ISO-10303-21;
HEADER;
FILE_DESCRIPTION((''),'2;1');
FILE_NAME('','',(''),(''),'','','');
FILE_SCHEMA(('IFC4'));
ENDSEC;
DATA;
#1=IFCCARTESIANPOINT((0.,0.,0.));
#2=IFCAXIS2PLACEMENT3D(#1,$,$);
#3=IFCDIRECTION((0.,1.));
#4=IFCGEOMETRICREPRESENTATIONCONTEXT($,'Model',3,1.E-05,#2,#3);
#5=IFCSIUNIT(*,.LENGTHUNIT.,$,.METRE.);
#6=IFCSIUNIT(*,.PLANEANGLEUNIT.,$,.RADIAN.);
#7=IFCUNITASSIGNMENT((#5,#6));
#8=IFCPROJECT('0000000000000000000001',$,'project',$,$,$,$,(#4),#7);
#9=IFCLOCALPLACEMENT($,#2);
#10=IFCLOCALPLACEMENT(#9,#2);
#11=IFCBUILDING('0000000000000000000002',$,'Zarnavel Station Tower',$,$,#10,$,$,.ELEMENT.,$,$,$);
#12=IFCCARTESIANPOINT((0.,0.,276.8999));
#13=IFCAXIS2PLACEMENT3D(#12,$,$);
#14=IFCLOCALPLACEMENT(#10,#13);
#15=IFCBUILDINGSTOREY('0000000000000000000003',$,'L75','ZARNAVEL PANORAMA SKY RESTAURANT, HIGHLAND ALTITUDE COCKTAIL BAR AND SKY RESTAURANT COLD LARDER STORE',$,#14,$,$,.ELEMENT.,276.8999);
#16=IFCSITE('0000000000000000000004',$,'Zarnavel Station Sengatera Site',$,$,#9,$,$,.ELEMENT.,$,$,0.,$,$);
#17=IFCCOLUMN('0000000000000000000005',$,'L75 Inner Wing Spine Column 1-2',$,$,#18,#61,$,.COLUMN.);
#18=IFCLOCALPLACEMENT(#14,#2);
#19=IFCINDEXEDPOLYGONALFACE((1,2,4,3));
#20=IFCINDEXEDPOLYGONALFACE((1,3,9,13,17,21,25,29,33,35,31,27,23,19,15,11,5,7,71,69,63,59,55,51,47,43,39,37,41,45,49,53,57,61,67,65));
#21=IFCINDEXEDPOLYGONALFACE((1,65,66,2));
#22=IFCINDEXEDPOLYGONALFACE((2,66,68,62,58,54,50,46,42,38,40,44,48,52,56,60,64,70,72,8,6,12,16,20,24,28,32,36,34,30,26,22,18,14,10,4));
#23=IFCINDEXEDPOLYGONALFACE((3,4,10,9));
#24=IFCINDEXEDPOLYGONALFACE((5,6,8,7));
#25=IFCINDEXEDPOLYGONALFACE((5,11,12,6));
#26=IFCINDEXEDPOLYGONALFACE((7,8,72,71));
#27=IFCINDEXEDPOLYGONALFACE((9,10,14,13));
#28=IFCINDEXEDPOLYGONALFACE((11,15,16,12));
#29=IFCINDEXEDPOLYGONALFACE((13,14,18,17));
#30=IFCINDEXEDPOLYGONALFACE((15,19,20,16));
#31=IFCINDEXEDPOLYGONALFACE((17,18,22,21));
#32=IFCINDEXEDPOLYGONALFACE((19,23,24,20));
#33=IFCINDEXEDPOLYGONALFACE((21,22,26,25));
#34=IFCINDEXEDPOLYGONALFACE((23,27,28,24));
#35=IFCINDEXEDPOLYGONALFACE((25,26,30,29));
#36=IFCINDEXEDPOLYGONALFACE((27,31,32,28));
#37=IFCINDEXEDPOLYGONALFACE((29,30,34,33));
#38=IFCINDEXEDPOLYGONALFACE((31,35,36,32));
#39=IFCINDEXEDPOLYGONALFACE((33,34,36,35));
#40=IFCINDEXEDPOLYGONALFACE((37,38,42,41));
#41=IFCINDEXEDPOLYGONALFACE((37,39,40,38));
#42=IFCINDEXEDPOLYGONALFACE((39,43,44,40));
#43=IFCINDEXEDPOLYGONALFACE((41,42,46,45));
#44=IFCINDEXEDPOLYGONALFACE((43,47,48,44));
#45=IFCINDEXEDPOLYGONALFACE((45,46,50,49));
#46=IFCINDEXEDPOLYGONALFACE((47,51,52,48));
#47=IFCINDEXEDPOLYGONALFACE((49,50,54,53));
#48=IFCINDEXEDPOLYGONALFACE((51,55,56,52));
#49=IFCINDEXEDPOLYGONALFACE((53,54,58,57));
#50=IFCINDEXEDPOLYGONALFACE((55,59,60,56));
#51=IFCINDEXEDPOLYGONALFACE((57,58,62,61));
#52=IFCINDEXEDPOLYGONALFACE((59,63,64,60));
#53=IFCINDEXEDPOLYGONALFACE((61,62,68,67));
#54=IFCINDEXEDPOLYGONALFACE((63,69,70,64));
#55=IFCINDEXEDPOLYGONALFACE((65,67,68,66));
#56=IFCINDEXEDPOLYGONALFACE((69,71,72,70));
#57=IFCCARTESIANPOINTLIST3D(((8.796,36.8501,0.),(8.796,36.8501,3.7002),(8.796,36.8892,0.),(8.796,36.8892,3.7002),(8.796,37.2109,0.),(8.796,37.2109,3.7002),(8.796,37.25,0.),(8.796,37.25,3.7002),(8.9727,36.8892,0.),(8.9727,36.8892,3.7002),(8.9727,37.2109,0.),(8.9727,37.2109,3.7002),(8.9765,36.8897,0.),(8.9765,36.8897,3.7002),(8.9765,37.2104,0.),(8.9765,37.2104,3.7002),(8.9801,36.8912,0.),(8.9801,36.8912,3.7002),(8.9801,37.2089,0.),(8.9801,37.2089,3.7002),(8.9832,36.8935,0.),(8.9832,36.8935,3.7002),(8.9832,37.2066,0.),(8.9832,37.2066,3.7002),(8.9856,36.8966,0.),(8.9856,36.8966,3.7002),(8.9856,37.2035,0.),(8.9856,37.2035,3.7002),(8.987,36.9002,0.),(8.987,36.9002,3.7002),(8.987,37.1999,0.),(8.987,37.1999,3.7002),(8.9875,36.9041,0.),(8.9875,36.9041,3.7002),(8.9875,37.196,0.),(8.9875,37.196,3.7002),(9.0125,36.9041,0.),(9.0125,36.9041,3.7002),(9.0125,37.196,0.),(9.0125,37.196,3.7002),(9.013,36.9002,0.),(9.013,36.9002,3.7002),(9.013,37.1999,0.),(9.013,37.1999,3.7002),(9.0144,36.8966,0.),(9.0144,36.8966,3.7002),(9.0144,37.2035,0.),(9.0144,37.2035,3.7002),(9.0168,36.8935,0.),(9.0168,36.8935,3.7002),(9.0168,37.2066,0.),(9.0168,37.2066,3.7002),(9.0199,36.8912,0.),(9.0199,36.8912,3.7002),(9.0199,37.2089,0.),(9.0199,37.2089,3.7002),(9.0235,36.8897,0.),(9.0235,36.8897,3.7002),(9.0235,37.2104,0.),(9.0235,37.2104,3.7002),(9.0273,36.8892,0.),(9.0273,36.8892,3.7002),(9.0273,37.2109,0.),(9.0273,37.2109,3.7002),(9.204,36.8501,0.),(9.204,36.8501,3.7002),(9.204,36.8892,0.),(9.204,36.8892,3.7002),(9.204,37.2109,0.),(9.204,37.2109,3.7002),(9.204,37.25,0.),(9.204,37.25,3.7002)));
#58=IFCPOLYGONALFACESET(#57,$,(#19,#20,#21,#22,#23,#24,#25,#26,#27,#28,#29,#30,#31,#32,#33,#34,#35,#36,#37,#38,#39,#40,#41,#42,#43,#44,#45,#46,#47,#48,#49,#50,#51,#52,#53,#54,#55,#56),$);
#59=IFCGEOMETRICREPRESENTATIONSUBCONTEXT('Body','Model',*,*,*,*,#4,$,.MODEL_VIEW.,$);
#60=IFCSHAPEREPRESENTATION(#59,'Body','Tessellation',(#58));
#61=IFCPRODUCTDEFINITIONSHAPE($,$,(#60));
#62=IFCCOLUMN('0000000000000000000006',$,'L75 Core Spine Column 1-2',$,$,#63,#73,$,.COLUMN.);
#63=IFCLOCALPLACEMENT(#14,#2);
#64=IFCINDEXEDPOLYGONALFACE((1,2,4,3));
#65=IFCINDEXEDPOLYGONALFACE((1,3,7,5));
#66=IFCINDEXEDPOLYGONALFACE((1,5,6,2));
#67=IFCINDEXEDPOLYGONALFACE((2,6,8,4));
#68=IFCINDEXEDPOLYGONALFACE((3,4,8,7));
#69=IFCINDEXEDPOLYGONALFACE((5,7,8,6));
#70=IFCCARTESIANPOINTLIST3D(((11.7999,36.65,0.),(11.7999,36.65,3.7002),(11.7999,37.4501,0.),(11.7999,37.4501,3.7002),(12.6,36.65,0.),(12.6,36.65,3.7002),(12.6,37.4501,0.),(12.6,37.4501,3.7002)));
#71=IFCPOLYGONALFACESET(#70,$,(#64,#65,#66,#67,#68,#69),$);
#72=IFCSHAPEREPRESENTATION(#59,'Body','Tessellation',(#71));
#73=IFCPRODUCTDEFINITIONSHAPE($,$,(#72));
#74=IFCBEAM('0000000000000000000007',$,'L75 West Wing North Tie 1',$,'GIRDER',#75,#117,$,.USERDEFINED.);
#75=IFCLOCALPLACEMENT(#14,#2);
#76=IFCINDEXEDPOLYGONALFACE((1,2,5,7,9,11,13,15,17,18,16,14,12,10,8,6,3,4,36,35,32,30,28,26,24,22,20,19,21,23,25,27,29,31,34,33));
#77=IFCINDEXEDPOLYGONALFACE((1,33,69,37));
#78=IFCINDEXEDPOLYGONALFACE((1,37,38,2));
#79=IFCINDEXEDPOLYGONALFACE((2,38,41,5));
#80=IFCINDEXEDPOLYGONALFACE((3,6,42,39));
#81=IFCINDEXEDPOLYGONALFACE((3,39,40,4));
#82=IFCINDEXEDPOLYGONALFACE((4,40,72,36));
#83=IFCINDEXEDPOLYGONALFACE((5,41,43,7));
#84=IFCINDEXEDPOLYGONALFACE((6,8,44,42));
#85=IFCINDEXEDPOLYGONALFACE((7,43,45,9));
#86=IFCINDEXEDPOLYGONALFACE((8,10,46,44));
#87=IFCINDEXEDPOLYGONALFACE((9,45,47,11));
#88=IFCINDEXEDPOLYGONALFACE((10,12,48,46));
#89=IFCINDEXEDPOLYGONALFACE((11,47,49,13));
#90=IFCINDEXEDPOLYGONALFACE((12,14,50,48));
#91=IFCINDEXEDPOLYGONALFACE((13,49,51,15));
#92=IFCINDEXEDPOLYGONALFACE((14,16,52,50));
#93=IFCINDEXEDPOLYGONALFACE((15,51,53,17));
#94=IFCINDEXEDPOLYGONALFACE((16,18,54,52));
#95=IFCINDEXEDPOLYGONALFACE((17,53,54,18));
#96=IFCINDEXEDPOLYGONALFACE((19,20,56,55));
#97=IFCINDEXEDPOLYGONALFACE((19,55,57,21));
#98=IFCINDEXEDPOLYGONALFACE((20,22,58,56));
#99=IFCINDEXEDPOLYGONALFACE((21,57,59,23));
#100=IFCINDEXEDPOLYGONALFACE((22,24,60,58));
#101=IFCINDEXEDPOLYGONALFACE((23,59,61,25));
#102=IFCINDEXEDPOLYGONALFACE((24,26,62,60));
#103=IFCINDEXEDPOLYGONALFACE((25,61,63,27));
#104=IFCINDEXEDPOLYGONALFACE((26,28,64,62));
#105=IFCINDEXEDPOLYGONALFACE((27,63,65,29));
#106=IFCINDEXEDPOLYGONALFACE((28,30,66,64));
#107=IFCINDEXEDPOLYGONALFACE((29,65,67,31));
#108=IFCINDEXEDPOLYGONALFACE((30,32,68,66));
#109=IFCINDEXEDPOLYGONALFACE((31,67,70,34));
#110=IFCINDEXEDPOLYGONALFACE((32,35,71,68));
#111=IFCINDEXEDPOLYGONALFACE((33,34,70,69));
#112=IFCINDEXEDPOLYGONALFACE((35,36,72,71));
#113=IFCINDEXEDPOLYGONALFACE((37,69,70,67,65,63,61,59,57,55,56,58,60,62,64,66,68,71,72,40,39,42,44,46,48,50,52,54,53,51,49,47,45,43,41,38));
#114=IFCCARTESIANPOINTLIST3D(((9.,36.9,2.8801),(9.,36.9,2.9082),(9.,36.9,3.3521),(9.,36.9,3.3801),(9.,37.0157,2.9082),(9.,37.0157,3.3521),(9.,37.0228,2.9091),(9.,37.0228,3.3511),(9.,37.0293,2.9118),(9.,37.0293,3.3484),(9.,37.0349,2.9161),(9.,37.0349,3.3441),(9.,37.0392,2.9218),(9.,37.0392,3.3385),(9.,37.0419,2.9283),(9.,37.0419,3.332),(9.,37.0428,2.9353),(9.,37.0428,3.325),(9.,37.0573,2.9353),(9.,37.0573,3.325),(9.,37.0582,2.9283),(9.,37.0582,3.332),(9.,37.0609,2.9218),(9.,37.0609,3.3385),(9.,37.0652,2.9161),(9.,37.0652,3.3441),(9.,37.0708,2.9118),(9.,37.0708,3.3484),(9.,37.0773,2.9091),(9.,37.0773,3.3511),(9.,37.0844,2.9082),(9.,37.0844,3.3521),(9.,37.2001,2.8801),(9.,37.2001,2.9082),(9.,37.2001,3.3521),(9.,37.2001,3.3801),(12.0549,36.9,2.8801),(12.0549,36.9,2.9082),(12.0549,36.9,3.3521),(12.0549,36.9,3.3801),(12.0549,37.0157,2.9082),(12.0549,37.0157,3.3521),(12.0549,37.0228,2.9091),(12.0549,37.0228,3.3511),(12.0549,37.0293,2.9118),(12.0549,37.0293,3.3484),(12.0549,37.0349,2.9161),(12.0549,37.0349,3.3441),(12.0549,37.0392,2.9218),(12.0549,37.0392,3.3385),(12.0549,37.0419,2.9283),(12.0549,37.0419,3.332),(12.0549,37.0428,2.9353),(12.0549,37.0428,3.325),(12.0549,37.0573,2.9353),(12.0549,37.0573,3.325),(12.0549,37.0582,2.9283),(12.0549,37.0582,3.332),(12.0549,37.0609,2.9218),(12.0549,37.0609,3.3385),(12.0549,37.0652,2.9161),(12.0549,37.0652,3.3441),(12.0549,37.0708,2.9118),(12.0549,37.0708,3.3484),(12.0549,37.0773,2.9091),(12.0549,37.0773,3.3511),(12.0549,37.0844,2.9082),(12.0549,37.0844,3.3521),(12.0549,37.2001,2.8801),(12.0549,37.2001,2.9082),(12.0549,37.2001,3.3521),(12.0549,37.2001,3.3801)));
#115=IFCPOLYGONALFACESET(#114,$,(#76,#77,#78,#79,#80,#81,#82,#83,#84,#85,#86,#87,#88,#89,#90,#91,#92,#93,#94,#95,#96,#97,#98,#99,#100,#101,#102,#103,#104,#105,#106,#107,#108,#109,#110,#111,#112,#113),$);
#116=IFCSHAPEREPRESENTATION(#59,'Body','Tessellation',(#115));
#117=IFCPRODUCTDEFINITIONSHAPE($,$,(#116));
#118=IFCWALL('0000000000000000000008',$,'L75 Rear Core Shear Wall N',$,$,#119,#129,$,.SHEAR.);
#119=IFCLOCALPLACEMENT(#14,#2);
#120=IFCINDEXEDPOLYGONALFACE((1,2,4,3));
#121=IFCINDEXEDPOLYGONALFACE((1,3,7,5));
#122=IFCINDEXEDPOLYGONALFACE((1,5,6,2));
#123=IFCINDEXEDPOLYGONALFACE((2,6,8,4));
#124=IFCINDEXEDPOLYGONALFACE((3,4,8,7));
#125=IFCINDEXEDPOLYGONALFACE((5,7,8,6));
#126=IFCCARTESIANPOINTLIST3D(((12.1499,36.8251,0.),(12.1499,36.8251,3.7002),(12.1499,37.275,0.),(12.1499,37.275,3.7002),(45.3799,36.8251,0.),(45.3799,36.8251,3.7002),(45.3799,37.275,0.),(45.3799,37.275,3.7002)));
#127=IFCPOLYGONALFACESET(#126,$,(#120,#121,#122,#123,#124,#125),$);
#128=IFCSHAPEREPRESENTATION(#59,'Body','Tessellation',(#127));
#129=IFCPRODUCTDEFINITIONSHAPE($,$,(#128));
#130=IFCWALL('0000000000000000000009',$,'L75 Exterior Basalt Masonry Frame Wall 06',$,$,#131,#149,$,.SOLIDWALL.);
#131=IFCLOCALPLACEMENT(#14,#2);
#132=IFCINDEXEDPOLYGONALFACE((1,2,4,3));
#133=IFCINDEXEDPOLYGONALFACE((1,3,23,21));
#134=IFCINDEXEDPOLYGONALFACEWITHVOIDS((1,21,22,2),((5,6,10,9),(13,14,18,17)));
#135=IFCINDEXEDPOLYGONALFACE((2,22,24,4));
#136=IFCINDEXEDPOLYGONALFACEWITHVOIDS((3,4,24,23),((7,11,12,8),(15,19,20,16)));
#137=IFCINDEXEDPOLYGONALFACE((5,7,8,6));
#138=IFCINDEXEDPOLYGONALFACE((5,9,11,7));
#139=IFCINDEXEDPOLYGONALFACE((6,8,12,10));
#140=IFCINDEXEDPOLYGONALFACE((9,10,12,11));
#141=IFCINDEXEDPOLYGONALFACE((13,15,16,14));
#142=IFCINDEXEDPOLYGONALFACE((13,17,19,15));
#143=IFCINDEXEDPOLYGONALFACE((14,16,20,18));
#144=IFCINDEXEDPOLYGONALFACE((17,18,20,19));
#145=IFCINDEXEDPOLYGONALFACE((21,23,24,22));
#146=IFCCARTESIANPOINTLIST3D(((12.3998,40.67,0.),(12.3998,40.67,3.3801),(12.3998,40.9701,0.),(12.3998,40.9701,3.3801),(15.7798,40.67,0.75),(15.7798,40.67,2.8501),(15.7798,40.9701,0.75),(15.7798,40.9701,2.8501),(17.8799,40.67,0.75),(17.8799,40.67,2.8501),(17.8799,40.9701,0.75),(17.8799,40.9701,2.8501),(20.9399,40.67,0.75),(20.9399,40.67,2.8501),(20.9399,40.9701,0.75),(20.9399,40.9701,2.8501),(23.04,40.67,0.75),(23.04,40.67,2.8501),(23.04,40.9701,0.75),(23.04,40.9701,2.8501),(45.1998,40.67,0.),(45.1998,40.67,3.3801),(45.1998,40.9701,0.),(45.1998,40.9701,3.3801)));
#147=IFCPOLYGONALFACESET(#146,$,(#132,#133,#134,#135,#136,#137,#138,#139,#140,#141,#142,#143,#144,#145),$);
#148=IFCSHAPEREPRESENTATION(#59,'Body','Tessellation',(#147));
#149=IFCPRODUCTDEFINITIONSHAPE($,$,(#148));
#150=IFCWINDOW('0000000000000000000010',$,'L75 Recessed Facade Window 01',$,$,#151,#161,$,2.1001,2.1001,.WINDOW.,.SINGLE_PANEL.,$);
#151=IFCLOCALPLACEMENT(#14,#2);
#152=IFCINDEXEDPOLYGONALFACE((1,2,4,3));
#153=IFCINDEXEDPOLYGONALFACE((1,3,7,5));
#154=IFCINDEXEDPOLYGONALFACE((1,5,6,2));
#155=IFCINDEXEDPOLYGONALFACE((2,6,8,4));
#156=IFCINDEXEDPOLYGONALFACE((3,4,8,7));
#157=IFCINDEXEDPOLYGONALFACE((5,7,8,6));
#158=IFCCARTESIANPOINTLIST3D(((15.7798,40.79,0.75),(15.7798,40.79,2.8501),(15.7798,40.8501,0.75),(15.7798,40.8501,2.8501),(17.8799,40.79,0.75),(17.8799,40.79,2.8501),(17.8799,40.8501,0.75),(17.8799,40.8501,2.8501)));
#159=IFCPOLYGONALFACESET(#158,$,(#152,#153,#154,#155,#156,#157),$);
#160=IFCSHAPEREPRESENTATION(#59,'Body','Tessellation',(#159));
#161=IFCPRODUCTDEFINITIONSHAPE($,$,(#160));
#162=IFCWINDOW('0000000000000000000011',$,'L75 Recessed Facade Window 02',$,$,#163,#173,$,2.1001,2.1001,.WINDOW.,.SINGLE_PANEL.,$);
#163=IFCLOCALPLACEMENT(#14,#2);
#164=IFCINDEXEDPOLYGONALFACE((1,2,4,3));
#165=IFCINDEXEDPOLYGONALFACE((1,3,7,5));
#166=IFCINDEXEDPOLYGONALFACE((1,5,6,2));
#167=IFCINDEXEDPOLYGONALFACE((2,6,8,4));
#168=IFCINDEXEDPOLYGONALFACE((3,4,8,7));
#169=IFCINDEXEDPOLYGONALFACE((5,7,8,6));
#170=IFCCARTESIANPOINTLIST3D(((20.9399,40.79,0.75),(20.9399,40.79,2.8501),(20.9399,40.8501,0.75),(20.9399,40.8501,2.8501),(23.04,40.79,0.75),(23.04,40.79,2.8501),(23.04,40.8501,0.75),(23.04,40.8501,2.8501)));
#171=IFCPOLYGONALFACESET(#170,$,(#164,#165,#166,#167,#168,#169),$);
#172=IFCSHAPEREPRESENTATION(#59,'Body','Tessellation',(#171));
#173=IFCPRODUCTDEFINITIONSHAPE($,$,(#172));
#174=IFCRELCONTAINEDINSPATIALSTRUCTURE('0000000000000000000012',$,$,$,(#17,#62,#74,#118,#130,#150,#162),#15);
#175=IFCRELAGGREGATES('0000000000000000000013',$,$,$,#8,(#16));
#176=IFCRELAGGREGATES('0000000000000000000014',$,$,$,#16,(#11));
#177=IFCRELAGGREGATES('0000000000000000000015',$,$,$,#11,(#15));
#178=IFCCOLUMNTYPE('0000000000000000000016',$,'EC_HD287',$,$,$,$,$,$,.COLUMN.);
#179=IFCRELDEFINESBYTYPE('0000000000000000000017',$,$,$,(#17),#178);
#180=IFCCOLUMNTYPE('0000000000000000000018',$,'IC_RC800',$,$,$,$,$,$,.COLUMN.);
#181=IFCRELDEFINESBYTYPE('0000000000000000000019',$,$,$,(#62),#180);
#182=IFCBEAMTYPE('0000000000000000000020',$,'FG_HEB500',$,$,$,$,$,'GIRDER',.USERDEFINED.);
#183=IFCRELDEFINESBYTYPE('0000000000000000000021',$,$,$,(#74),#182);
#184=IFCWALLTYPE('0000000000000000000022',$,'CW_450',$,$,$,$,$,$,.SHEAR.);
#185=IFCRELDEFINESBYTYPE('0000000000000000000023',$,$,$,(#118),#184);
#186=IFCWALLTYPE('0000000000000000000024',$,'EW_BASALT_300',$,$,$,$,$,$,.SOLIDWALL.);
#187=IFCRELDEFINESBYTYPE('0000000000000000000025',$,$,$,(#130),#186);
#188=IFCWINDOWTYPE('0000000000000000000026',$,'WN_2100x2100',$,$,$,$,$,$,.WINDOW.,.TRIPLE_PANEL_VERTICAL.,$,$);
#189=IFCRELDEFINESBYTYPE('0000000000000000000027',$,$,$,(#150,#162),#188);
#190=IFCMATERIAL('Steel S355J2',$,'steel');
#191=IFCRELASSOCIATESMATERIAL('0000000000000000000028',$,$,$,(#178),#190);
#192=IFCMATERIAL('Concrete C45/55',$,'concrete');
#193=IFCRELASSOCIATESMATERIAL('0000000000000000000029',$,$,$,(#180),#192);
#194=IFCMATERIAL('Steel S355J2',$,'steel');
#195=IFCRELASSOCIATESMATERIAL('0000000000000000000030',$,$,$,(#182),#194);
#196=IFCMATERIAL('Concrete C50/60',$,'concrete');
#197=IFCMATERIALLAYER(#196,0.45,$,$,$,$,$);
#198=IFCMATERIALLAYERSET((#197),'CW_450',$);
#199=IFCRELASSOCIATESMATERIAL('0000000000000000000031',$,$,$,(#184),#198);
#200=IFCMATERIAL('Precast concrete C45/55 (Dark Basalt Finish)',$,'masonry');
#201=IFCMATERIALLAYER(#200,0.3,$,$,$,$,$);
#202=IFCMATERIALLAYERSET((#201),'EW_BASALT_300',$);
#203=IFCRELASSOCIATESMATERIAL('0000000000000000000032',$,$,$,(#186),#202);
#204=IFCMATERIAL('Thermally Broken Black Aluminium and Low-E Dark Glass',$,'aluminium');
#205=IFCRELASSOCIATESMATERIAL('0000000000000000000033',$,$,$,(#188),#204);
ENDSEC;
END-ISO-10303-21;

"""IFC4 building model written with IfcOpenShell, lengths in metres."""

from ifc_helpers import new_model, si_unit, direction, frame, frame_2d, origin, origin_2d, place, context, subcontext, project, spatial, rectangle, i_section, extrude, material, layer, layer_set, material_profile, profile_set, type_object, element, fill, save


model = new_model("IFC4")

# Units and contexts
model_context = context("Model", 3, precision=1e-05, world=origin(), true_north=direction((0.0, 1.0)))
body_context = subcontext(model_context, "Body", "Model", "MODEL_VIEW")
ifc_project = project(units=[si_unit("LENGTHUNIT", "METRE"), si_unit("PLANEANGLEUNIT", "RADIAN")], contexts=[model_context])

# Site, building, storey
site_placement = place(None, origin())
site = spatial("IfcSite", under=ifc_project, at=site_placement, Name="Zarnavel Station Sengatera Site", CompositionType="ELEMENT", RefElevation=0.0)
building_placement = place(site_placement, origin())
building = spatial("IfcBuilding", under=site, at=building_placement, Name="Zarnavel Station Tower", CompositionType="ELEMENT")
storey_placement = place(building_placement, frame((0.0, 0.0, 276.8999)))
storey = spatial("IfcBuildingStorey", under=building, at=storey_placement, Name="L75", Description="ZARNAVEL PANORAMA SKY RESTAURANT, HIGHLAND ALTITUDE COCKTAIL BAR AND SKY RESTAURANT COLD LARDER STORE", CompositionType="ELEMENT", Elevation=276.8999)

# Columns
ifc_material_1 = material(Name="Steel S355J2", Category="steel")
ifc_material_profile_1 = material_profile(ifc_material_1, i_section(OverallWidth=0.408, OverallDepth=0.3999, WebThickness=0.0249, FlangeThickness=0.0391, FilletRadius=0.0149, at=origin_2d()), Name="HD400x287")
ifc_profile_set_1 = profile_set([ifc_material_profile_1], Name="Steel S355J2")
column_type_1 = type_object("IfcColumnType", Name="EC_HD287", PredefinedType="COLUMN", material=ifc_profile_set_1)
column_1_placement = place(storey_placement, frame((9.0, 37.05, 0.0), z_axis=(0.0, 0.0, 1.0), x_axis=(1.0, 0.0, 0.0)))
element("IfcColumn", 1, at=column_1_placement, inside=storey, type_object=column_type_1, Name="L75 Inner Wing Spine Column 1-2", PredefinedType="COLUMN", context=body_context, shape_type="SweptSolid", body=[
    extrude(i_section(OverallWidth=0.408, OverallDepth=0.3999, WebThickness=0.0249, FlangeThickness=0.0391, FilletRadius=0.0149, at=origin_2d()), origin(), (0.0, 0.0, 1.0), 3.7002),
])
ifc_material_2 = material(Name="Concrete C45/55", Category="concrete")
ifc_material_profile_2 = material_profile(ifc_material_2, rectangle(XDim=0.8, YDim=0.8, at=origin_2d()), Name="RC800x800")
ifc_profile_set_2 = profile_set([ifc_material_profile_2], Name="Concrete C45/55")
column_type_2 = type_object("IfcColumnType", Name="IC_RC800", PredefinedType="COLUMN", material=ifc_profile_set_2)
column_2_placement = place(storey_placement, frame((12.2, 37.05, 0.0), z_axis=(0.0, 0.0, 1.0), x_axis=(1.0, 0.0, 0.0)))
element("IfcColumn", 2, at=column_2_placement, inside=storey, type_object=column_type_2, Name="L75 Core Spine Column 1-2", PredefinedType="COLUMN", context=body_context, shape_type="SweptSolid", body=[
    extrude(rectangle(XDim=0.8, YDim=0.8, at=origin_2d()), origin(), (0.0, 0.0, 1.0), 3.7002),
])

# Beam
ifc_material_3 = material(Name="Steel S355J2", Category="steel")
ifc_material_profile_3 = material_profile(ifc_material_3, i_section(OverallWidth=0.3, OverallDepth=0.5, WebThickness=0.0144, FlangeThickness=0.0281, FilletRadius=0.0271, at=origin_2d()), Name="HEB500")
ifc_profile_set_3 = profile_set([ifc_material_profile_3], Name="Steel S355J2")
beam_type = type_object("IfcBeamType", Name="FG_HEB500", ElementType="GIRDER", PredefinedType="USERDEFINED", material=ifc_profile_set_3)
beam_placement = place(storey_placement, frame((9.0, 37.05, 3.1301), z_axis=(1.0, 0.0, 0.0), x_axis=(0.0, 1.0, 0.0)))
element("IfcBeam", 3, at=beam_placement, inside=storey, type_object=beam_type, Name="L75 West Wing North Tie 1", ObjectType="GIRDER", PredefinedType="USERDEFINED", context=body_context, shape_type="SweptSolid", body=[
    extrude(i_section(OverallWidth=0.3, OverallDepth=0.5, WebThickness=0.0144, FlangeThickness=0.0281, FilletRadius=0.0271, at=origin_2d()), origin(), (0.0, 0.0, 1.0), 3.0549),
])

# Wall
ifc_material_4 = material(Name="Concrete C50/60", Category="concrete")
ifc_layer_1 = layer(ifc_material_4, 0.45)
ifc_layer_set_1 = layer_set([ifc_layer_1], Name="CW_450")
wall_type_1 = type_object("IfcWallType", Name="CW_450", PredefinedType="SHEAR", material=ifc_layer_set_1)
wall_1_placement = place(storey_placement, frame((12.1499, 37.05, 0.0), z_axis=(0.0, 0.0, 1.0), x_axis=(1.0, 0.0, 0.0)))
element("IfcWall", 4, at=wall_1_placement, inside=storey, type_object=wall_type_1, Name="L75 Rear Core Shear Wall N", PredefinedType="SHEAR", context=body_context, shape_type="SweptSolid", body=[
    extrude(rectangle(XDim=33.23, YDim=0.45, at=frame_2d((16.615, 0.0))), origin(), (0.0, 0.0, 1.0), 3.7002),
])

# Wall, openings, windows
ifc_material_5 = material(Name="Precast concrete C45/55 (Dark Basalt Finish)", Category="masonry")
ifc_layer_2 = layer(ifc_material_5, 0.3)
ifc_layer_set_2 = layer_set([ifc_layer_2], Name="EW_BASALT_300")
wall_type_2 = type_object("IfcWallType", Name="EW_BASALT_300", PredefinedType="SOLIDWALL", material=ifc_layer_set_2)
wall_2_placement = place(storey_placement, frame((12.3999, 40.8201, 0.0), z_axis=(0.0, 0.0, 1.0), x_axis=(1.0, 0.0, 0.0)))
wall_2 = element("IfcWall", 5, at=wall_2_placement, inside=storey, type_object=wall_type_2, Name="L75 Exterior Basalt Masonry Frame Wall 06", PredefinedType="SOLIDWALL", context=body_context, shape_type="SweptSolid", body=[
    extrude(rectangle(XDim=32.8, YDim=0.3, at=frame_2d((16.3999, 0.0))), origin(), (0.0, 0.0, 1.0), 3.3801),
])
opening_1_placement = place(wall_2_placement, frame((3.3799, 0.0, 0.75)))
opening_1 = element("IfcOpeningElement", 6, at=opening_1_placement, cuts=wall_2, PredefinedType="OPENING", context=body_context, shape_type="SweptSolid", body=[
    extrude(rectangle(XDim=2.1001, YDim=2.1001, at=frame_2d((1.05, 1.05))), frame((0.0, 0.1599, 0.0), z_axis=(0.0, -1.0, 0.0), x_axis=(1.0, 0.0, 0.0)), (0.0, 0.0, 1.0), 0.3201),
])
opening_2_placement = place(wall_2_placement, frame((8.54, 0.0, 0.75)))
opening_2 = element("IfcOpeningElement", 7, at=opening_2_placement, cuts=wall_2, PredefinedType="OPENING", context=body_context, shape_type="SweptSolid", body=[
    extrude(rectangle(XDim=2.1001, YDim=2.1001, at=frame_2d((1.05, 1.05))), frame((0.0, 0.1599, 0.0), z_axis=(0.0, -1.0, 0.0), x_axis=(1.0, 0.0, 0.0)), (0.0, 0.0, 1.0), 0.3201),
])
ifc_material_6 = material(Name="Thermally Broken Black Aluminium and Low-E Dark Glass", Category="aluminium")
window_type = type_object("IfcWindowType", Name="WN_2100x2100", PartitioningType="TRIPLE_PANEL_VERTICAL", PredefinedType="WINDOW", material=ifc_material_6)
window_1_placement = place(opening_1_placement, origin())
window_1 = element("IfcWindow", 8, at=window_1_placement, inside=storey, type_object=window_type, Name="L75 Recessed Facade Window 01", OverallHeight=2.1001, OverallWidth=2.1001, PartitioningType="SINGLE_PANEL", PredefinedType="WINDOW", context=body_context, shape_type="SweptSolid", body=[
    extrude(rectangle(XDim=2.1001, YDim=2.1001, at=frame_2d((1.05, 1.05))), frame((0.0, 0.03, 0.0), z_axis=(0.0, -1.0, 0.0), x_axis=(1.0, 0.0, 0.0)), (0.0, 0.0, 1.0), 0.0601),
])
fill(opening_1, window_1)
window_2_placement = place(opening_2_placement, origin())
window_2 = element("IfcWindow", 9, at=window_2_placement, inside=storey, type_object=window_type, Name="L75 Recessed Facade Window 02", OverallHeight=2.1001, OverallWidth=2.1001, PartitioningType="SINGLE_PANEL", PredefinedType="WINDOW", context=body_context, shape_type="SweptSolid", body=[
    extrude(rectangle(XDim=2.1001, YDim=2.1001, at=frame_2d((1.05, 1.05))), frame((0.0, 0.03, 0.0), z_axis=(0.0, -1.0, 0.0), x_axis=(1.0, 0.0, 0.0)), (0.0, 0.0, 1.0), 0.0601),
])
fill(opening_2, window_2)

save(model, "model.ifc")
